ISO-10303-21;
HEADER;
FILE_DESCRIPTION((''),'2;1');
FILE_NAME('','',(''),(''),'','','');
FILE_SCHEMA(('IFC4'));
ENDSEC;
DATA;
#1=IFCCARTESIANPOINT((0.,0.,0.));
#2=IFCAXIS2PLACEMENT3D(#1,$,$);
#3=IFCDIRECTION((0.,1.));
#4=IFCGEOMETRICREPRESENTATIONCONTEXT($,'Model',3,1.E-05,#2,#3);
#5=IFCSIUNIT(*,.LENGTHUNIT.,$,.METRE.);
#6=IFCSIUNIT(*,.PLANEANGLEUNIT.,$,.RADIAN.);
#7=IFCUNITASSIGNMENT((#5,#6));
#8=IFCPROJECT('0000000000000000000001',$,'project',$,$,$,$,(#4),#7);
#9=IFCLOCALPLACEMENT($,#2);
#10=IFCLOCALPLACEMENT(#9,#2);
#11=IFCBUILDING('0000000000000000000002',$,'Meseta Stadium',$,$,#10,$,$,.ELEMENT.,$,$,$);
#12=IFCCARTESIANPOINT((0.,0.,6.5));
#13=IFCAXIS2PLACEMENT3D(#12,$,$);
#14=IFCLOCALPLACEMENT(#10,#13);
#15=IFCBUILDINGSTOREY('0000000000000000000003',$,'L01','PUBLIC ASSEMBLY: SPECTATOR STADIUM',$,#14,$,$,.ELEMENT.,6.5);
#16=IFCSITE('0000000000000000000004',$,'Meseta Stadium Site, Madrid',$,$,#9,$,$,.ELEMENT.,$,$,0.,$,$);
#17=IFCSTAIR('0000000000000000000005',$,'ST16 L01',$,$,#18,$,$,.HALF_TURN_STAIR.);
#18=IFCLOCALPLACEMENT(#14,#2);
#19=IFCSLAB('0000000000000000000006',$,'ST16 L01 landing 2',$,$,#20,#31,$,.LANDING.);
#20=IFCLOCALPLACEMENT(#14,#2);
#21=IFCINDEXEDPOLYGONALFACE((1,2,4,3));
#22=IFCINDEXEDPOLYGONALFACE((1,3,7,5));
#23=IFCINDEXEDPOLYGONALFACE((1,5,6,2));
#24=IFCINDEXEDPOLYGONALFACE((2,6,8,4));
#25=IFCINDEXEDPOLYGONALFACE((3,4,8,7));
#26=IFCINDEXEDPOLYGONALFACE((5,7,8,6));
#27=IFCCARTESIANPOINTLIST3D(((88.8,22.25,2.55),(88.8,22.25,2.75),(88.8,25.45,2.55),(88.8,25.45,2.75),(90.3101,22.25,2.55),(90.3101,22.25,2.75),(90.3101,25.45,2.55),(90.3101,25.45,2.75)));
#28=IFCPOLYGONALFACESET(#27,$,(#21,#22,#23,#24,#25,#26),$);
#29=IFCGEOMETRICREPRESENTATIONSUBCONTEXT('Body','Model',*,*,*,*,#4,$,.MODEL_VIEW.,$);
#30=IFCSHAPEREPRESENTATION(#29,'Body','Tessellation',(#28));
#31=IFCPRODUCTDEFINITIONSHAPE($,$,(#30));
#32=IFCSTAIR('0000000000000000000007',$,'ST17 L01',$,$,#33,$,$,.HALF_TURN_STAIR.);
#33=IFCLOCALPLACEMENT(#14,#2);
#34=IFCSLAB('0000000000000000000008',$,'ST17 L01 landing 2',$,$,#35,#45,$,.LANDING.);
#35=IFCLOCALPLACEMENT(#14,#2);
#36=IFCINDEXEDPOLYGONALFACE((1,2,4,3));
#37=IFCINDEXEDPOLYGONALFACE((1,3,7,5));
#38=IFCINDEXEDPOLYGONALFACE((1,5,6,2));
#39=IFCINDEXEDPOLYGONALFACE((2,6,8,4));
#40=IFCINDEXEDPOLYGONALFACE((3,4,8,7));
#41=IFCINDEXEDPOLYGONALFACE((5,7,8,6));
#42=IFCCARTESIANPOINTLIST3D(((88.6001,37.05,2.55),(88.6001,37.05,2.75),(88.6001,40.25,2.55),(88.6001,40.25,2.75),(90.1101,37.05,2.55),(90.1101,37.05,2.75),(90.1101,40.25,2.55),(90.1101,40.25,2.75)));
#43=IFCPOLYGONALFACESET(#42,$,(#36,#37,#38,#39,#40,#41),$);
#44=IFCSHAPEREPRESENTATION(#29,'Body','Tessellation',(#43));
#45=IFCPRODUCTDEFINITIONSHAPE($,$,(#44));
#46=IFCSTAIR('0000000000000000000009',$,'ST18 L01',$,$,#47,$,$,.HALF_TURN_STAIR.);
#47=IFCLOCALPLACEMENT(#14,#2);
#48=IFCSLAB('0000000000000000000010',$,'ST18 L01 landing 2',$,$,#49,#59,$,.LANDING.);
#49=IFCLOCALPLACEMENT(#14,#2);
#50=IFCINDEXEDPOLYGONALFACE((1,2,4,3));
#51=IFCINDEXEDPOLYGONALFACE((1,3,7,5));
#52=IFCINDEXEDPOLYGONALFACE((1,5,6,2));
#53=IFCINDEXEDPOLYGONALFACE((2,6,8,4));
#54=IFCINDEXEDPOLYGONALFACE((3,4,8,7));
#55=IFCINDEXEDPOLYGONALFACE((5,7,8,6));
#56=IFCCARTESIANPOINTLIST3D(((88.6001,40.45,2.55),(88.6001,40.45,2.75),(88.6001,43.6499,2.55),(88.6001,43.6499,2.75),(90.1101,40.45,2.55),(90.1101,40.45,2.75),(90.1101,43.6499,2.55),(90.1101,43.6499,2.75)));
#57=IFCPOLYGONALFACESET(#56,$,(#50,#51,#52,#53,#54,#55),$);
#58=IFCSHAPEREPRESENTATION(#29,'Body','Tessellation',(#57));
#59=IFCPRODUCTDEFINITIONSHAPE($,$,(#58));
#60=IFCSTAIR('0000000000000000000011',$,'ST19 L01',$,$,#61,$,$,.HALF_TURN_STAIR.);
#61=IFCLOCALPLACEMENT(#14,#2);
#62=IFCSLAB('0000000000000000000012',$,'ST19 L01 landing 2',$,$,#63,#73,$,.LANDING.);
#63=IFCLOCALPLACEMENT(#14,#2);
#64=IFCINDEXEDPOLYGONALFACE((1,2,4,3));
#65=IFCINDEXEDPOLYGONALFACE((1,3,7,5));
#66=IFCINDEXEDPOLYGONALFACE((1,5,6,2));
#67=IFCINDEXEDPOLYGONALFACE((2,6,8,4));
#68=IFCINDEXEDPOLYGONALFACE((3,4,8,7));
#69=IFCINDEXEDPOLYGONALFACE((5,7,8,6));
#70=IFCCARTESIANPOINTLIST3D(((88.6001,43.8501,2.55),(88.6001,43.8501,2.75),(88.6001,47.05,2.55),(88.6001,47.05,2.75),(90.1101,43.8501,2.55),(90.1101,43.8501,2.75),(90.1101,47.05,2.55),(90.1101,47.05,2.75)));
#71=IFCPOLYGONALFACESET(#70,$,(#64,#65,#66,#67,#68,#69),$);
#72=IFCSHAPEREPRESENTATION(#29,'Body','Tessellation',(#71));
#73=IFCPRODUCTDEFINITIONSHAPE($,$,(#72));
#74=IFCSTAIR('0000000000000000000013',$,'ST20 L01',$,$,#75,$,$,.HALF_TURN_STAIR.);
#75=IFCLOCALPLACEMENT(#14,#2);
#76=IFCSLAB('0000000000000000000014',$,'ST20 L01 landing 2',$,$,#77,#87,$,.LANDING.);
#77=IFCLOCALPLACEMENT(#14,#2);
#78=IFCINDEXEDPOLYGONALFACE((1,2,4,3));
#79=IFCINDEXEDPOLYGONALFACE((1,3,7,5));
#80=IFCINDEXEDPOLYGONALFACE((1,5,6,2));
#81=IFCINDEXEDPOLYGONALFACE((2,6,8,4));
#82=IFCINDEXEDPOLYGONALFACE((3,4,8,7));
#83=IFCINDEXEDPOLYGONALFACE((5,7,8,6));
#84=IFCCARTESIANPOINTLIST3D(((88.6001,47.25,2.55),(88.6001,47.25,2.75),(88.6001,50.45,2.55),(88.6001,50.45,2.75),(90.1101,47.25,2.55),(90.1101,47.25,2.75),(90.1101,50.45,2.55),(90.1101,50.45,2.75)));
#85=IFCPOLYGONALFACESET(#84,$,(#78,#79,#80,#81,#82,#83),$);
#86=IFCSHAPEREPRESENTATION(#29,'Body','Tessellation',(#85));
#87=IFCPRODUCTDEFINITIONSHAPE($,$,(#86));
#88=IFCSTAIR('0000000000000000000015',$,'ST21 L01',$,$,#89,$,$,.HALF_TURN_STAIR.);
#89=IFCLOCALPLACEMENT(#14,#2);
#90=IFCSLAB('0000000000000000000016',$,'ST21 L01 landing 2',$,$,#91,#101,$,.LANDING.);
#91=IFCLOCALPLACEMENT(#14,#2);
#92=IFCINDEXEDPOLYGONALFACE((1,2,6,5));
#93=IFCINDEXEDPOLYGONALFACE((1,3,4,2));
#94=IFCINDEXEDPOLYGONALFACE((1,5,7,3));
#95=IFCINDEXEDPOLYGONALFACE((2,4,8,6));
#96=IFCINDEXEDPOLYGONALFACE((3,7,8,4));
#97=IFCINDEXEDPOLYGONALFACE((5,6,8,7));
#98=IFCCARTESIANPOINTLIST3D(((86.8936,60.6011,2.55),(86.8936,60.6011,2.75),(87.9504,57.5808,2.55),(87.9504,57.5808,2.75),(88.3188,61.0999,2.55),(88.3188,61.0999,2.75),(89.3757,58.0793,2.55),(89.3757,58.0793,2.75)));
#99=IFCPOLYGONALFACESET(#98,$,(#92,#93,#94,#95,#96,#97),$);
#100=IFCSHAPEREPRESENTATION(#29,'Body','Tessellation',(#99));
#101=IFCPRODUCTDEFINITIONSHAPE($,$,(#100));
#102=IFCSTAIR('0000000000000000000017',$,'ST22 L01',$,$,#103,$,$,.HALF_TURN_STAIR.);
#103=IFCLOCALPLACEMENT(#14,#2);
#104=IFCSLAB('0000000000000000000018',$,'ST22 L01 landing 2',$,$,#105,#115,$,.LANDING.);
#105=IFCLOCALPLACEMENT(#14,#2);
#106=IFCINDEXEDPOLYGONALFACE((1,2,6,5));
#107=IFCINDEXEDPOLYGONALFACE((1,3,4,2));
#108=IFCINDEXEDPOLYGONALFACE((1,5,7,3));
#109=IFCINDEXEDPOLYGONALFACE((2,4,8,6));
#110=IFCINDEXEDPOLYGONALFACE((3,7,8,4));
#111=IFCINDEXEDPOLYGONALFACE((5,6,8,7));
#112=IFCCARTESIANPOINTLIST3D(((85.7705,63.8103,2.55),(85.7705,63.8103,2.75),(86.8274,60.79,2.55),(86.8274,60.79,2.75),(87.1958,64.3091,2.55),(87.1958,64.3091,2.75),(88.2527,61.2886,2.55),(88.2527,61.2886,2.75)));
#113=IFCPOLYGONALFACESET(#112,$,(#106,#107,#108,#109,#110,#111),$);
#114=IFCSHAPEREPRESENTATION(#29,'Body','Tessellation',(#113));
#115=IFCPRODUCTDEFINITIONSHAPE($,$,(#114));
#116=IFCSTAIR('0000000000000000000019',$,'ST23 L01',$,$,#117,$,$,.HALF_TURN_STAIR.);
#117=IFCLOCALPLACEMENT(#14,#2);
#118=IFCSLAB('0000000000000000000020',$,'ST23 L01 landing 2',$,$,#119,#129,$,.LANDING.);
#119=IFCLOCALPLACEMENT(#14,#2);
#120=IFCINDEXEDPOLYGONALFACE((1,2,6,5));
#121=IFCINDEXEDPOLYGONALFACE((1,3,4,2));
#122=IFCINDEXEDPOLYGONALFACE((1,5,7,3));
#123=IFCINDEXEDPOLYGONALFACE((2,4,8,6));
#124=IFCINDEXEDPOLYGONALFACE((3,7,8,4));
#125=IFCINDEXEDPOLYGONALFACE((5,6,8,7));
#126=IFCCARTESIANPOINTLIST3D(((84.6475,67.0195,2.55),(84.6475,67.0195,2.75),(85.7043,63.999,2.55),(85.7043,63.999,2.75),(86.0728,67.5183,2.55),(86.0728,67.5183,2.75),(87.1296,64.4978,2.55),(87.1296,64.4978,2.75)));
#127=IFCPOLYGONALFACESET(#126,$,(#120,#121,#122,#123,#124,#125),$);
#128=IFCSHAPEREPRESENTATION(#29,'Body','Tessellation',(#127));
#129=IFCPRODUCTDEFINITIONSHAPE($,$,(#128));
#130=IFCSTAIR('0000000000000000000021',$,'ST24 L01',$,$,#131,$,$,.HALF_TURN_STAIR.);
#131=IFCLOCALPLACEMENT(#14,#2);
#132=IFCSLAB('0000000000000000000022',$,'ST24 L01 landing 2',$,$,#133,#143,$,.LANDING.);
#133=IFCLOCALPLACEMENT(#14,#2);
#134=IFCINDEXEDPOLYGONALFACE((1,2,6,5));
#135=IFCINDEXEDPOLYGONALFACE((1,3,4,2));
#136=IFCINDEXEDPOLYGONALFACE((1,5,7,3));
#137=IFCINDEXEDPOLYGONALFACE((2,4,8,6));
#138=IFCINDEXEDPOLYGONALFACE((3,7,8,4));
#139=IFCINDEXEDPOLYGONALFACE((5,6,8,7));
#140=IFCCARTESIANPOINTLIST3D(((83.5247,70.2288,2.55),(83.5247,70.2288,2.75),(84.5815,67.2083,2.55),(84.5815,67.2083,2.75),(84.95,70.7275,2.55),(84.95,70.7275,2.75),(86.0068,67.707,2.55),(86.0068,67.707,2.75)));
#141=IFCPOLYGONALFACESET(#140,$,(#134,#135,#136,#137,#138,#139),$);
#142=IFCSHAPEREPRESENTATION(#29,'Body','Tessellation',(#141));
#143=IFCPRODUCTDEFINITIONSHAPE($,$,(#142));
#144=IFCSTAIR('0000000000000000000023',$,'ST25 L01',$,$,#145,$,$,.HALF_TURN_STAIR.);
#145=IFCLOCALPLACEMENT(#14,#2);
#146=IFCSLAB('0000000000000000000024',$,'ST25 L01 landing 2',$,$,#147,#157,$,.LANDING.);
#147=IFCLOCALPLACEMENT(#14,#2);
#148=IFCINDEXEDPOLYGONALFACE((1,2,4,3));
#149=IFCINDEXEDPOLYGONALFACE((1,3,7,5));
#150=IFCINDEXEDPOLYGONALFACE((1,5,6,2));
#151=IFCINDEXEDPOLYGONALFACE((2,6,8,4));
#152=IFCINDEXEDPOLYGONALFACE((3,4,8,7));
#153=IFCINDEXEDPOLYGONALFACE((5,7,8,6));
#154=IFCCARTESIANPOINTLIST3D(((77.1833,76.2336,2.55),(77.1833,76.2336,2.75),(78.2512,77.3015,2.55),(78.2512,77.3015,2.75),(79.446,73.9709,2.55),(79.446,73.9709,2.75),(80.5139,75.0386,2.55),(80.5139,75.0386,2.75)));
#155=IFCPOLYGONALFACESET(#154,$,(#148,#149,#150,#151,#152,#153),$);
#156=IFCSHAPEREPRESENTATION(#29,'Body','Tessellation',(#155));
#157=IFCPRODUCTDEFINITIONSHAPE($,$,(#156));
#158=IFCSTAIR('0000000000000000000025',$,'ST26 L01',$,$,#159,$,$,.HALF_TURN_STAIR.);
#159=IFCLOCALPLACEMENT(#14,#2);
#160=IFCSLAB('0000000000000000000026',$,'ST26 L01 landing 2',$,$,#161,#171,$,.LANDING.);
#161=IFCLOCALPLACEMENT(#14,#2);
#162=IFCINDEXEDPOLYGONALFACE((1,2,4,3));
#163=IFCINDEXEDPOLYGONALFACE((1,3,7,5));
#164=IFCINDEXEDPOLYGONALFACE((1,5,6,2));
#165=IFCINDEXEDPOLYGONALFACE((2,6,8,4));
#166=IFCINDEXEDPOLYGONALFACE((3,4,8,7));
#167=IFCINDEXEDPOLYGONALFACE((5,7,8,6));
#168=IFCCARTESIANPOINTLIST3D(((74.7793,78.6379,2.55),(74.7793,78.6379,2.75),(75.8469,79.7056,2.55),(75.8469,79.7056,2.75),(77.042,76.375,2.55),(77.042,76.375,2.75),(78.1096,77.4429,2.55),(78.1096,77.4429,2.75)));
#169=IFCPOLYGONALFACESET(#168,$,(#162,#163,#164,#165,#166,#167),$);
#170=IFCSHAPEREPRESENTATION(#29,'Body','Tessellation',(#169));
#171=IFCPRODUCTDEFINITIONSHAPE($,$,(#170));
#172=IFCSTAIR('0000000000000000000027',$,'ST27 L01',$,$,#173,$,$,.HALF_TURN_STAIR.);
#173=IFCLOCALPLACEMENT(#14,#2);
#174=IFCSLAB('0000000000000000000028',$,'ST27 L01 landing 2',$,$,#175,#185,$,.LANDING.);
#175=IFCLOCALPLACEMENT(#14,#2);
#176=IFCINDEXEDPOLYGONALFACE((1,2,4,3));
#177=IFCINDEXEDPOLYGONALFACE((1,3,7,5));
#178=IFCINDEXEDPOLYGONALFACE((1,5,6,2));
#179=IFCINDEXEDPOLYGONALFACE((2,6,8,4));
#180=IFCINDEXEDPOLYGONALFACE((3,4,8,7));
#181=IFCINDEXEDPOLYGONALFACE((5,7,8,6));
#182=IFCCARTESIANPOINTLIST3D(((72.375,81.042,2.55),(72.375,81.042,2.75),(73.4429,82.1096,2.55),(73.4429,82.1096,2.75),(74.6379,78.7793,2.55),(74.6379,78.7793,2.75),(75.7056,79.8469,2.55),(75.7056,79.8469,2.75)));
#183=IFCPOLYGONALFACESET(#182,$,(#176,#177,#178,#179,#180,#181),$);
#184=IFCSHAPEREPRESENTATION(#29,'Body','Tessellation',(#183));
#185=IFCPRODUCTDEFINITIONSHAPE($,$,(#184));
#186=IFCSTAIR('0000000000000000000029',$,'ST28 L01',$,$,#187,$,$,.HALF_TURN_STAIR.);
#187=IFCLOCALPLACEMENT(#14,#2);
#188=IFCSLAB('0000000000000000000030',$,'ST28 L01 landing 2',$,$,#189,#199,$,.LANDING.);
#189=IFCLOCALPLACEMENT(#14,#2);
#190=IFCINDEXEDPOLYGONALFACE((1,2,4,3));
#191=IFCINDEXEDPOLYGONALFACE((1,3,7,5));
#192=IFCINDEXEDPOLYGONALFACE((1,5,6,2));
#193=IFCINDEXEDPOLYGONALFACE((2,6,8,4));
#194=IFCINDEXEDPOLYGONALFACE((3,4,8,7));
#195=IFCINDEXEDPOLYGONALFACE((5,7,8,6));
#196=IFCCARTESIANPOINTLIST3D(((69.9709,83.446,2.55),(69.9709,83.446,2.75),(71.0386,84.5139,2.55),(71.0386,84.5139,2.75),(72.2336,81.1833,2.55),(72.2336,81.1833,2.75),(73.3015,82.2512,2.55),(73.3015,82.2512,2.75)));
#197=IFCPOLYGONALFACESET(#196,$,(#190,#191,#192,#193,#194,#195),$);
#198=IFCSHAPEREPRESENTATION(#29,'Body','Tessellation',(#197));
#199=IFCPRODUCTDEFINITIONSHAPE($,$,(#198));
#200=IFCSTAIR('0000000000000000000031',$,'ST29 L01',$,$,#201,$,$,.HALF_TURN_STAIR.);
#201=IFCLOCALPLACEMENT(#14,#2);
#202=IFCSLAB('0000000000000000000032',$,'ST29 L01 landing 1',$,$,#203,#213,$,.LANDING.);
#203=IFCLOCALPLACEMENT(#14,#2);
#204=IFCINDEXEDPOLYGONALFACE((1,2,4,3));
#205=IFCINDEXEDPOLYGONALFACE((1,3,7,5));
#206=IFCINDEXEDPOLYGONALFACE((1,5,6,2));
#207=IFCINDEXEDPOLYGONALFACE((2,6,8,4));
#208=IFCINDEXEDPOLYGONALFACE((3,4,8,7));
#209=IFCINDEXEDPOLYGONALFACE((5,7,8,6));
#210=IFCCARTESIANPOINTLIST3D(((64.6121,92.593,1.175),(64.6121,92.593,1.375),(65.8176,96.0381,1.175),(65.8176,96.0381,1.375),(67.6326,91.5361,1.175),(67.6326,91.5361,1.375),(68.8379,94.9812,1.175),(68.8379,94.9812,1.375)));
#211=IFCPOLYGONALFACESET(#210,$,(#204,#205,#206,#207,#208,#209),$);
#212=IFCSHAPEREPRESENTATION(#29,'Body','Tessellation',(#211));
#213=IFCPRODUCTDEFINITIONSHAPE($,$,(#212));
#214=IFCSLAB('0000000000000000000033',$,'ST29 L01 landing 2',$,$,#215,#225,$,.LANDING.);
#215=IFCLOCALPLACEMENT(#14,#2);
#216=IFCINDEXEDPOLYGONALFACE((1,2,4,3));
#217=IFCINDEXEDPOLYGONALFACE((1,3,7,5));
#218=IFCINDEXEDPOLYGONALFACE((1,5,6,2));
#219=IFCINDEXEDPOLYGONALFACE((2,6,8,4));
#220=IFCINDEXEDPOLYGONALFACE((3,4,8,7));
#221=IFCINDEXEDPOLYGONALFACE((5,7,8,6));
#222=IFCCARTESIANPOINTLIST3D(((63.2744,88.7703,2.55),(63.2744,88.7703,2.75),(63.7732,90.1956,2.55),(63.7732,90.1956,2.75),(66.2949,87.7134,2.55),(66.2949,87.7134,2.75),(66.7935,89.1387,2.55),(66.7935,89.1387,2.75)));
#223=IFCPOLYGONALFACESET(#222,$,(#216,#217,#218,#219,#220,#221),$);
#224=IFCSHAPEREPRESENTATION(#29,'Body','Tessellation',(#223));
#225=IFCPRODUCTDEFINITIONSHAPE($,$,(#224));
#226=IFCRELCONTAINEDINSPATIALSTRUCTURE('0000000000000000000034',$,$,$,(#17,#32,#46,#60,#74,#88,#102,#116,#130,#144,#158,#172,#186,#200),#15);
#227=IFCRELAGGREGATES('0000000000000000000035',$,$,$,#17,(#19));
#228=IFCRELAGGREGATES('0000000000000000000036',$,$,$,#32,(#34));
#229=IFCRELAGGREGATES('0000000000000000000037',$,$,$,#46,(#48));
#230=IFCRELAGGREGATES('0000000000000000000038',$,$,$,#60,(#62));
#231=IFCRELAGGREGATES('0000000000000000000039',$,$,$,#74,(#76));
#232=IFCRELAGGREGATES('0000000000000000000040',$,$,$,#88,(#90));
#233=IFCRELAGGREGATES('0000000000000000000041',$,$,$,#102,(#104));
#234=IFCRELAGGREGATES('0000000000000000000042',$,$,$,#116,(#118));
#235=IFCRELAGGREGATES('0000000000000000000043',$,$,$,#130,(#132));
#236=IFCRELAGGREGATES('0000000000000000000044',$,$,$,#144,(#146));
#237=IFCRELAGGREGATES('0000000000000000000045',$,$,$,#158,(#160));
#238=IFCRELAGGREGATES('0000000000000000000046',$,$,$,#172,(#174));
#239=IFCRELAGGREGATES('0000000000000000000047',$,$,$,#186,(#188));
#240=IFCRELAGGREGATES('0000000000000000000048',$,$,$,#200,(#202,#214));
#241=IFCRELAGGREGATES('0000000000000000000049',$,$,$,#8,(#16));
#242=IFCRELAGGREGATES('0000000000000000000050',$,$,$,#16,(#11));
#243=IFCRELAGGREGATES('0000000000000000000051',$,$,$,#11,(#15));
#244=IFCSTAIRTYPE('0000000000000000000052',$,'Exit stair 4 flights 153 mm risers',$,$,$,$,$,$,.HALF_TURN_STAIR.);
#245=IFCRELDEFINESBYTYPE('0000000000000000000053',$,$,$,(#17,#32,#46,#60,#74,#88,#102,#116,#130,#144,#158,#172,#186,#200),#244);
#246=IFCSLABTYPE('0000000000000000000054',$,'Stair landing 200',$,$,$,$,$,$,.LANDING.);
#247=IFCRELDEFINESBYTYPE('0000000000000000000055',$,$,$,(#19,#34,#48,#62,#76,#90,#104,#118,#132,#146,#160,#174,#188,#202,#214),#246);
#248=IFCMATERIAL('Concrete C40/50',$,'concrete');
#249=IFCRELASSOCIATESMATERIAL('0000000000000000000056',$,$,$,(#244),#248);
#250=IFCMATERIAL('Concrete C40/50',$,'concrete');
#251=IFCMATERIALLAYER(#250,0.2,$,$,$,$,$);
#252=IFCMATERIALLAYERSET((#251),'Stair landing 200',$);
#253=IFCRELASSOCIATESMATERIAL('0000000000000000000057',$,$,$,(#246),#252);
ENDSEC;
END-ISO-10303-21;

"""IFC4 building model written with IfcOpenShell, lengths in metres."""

from ifc_helpers import new_model, si_unit, direction, frame, origin, place, context, subcontext, project, spatial, polyline, outline, extrude, material, layer, layer_set, type_object, element, aggregate, save


model = new_model("IFC4")

# Units and contexts
model_context = context("Model", 3, precision=1e-05, world=origin(), true_north=direction((0.0, 1.0)))
body_context = subcontext(model_context, "Body", "Model", "MODEL_VIEW")
ifc_project = project(units=[si_unit("LENGTHUNIT", "METRE"), si_unit("PLANEANGLEUNIT", "RADIAN")], contexts=[model_context])

# Site, building, storey
site_placement = place(None, origin())
site = spatial("IfcSite", under=ifc_project, at=site_placement, Name="Meseta Stadium Site, Madrid", CompositionType="ELEMENT", RefElevation=0.0)
building_placement = place(site_placement, origin())
building = spatial("IfcBuilding", under=site, at=building_placement, Name="Meseta Stadium", CompositionType="ELEMENT")
storey_placement = place(building_placement, frame((0.0, 0.0, 6.5)))
storey = spatial("IfcBuildingStorey", under=building, at=storey_placement, Name="L01", Description="PUBLIC ASSEMBLY: SPECTATOR STADIUM", CompositionType="ELEMENT", Elevation=6.5)

# Stairs, slabs
ifc_material_1 = material(Name="Concrete C40/50", Category="concrete")
stair_type = type_object("IfcStairType", Name="Exit stair 4 flights 153 mm risers", PredefinedType="HALF_TURN_STAIR", material=ifc_material_1)
ifc_material_2 = material(Name="Concrete C40/50", Category="concrete")
ifc_layer = layer(ifc_material_2, 0.2)
ifc_layer_set = layer_set([ifc_layer], Name="Stair landing 200")
slab_type = type_object("IfcSlabType", Name="Stair landing 200", PredefinedType="LANDING", material=ifc_layer_set)
stair_1_placement = place(storey_placement, origin())
stair_1 = element("IfcStair", 1, at=stair_1_placement, inside=storey, type_object=stair_type, Name="ST16 L01", PredefinedType="HALF_TURN_STAIR")
slab_1_placement = place(storey_placement, frame((0.0, 0.0, 2.55)))
slab_1 = element("IfcSlab", 2, at=slab_1_placement, type_object=slab_type, Name="ST16 L01 landing 2", PredefinedType="LANDING", context=body_context, shape_type="SweptSolid", body=[
    extrude(outline(polyline([(88.8, 22.25), (90.3101, 22.25), (90.3101, 25.45), (88.8, 25.45), (88.8, 22.25)])), origin(), (0.0, 0.0, 1.0), 0.2),
])
aggregate(stair_1, [slab_1])
stair_2_placement = place(storey_placement, origin())
stair_2 = element("IfcStair", 3, at=stair_2_placement, inside=storey, type_object=stair_type, Name="ST17 L01", PredefinedType="HALF_TURN_STAIR")
slab_2_placement = place(storey_placement, frame((0.0, 0.0, 2.55)))
slab_2 = element("IfcSlab", 4, at=slab_2_placement, type_object=slab_type, Name="ST17 L01 landing 2", PredefinedType="LANDING", context=body_context, shape_type="SweptSolid", body=[
    extrude(outline(polyline([(88.6001, 37.05), (90.1101, 37.05), (90.1101, 40.25), (88.6001, 40.25), (88.6001, 37.05)])), origin(), (0.0, 0.0, 1.0), 0.2),
])
aggregate(stair_2, [slab_2])
stair_3_placement = place(storey_placement, origin())
stair_3 = element("IfcStair", 5, at=stair_3_placement, inside=storey, type_object=stair_type, Name="ST18 L01", PredefinedType="HALF_TURN_STAIR")
slab_3_placement = place(storey_placement, frame((0.0, 0.0, 2.55)))
slab_3 = element("IfcSlab", 6, at=slab_3_placement, type_object=slab_type, Name="ST18 L01 landing 2", PredefinedType="LANDING", context=body_context, shape_type="SweptSolid", body=[
    extrude(outline(polyline([(88.6001, 40.45), (90.1101, 40.45), (90.1101, 43.6499), (88.6001, 43.6499), (88.6001, 40.45)])), origin(), (0.0, 0.0, 1.0), 0.2),
])
aggregate(stair_3, [slab_3])
stair_4_placement = place(storey_placement, origin())
stair_4 = element("IfcStair", 7, at=stair_4_placement, inside=storey, type_object=stair_type, Name="ST19 L01", PredefinedType="HALF_TURN_STAIR")
slab_4_placement = place(storey_placement, frame((0.0, 0.0, 2.55)))
slab_4 = element("IfcSlab", 8, at=slab_4_placement, type_object=slab_type, Name="ST19 L01 landing 2", PredefinedType="LANDING", context=body_context, shape_type="SweptSolid", body=[
    extrude(outline(polyline([(88.6001, 43.8501), (90.1101, 43.8501), (90.1101, 47.05), (88.6001, 47.05), (88.6001, 43.8501)])), origin(), (0.0, 0.0, 1.0), 0.2),
])
aggregate(stair_4, [slab_4])
stair_5_placement = place(storey_placement, origin())
stair_5 = element("IfcStair", 9, at=stair_5_placement, inside=storey, type_object=stair_type, Name="ST20 L01", PredefinedType="HALF_TURN_STAIR")
slab_5_placement = place(storey_placement, frame((0.0, 0.0, 2.55)))
slab_5 = element("IfcSlab", 10, at=slab_5_placement, type_object=slab_type, Name="ST20 L01 landing 2", PredefinedType="LANDING", context=body_context, shape_type="SweptSolid", body=[
    extrude(outline(polyline([(88.6001, 47.25), (90.1101, 47.25), (90.1101, 50.45), (88.6001, 50.45), (88.6001, 47.25)])), origin(), (0.0, 0.0, 1.0), 0.2),
])
aggregate(stair_5, [slab_5])
stair_6_placement = place(storey_placement, origin())
stair_6 = element("IfcStair", 11, at=stair_6_placement, inside=storey, type_object=stair_type, Name="ST21 L01", PredefinedType="HALF_TURN_STAIR")
slab_6_placement = place(storey_placement, frame((0.0, 0.0, 2.55)))
slab_6 = element("IfcSlab", 12, at=slab_6_placement, type_object=slab_type, Name="ST21 L01 landing 2", PredefinedType="LANDING", context=body_context, shape_type="SweptSolid", body=[
    extrude(outline(polyline([(87.9504, 57.5808), (89.3757, 58.0793), (88.3188, 61.0999), (86.8936, 60.6011), (87.9504, 57.5808)])), origin(), (0.0, 0.0, 1.0), 0.2),
])
aggregate(stair_6, [slab_6])
stair_7_placement = place(storey_placement, origin())
stair_7 = element("IfcStair", 13, at=stair_7_placement, inside=storey, type_object=stair_type, Name="ST22 L01", PredefinedType="HALF_TURN_STAIR")
slab_7_placement = place(storey_placement, frame((0.0, 0.0, 2.55)))
slab_7 = element("IfcSlab", 14, at=slab_7_placement, type_object=slab_type, Name="ST22 L01 landing 2", PredefinedType="LANDING", context=body_context, shape_type="SweptSolid", body=[
    extrude(outline(polyline([(86.8274, 60.79), (88.2527, 61.2886), (87.1958, 64.3091), (85.7705, 63.8103), (86.8274, 60.79)])), origin(), (0.0, 0.0, 1.0), 0.2),
])
aggregate(stair_7, [slab_7])
stair_8_placement = place(storey_placement, origin())
stair_8 = element("IfcStair", 15, at=stair_8_placement, inside=storey, type_object=stair_type, Name="ST23 L01", PredefinedType="HALF_TURN_STAIR")
slab_8_placement = place(storey_placement, frame((0.0, 0.0, 2.55)))
slab_8 = element("IfcSlab", 16, at=slab_8_placement, type_object=slab_type, Name="ST23 L01 landing 2", PredefinedType="LANDING", context=body_context, shape_type="SweptSolid", body=[
    extrude(outline(polyline([(85.7043, 63.999), (87.1296, 64.4978), (86.0728, 67.5183), (84.6475, 67.0195), (85.7043, 63.999)])), origin(), (0.0, 0.0, 1.0), 0.2),
])
aggregate(stair_8, [slab_8])
stair_9_placement = place(storey_placement, origin())
stair_9 = element("IfcStair", 17, at=stair_9_placement, inside=storey, type_object=stair_type, Name="ST24 L01", PredefinedType="HALF_TURN_STAIR")
slab_9_placement = place(storey_placement, frame((0.0, 0.0, 2.55)))
slab_9 = element("IfcSlab", 18, at=slab_9_placement, type_object=slab_type, Name="ST24 L01 landing 2", PredefinedType="LANDING", context=body_context, shape_type="SweptSolid", body=[
    extrude(outline(polyline([(84.5815, 67.2083), (86.0068, 67.707), (84.95, 70.7275), (83.5247, 70.2288), (84.5815, 67.2083)])), origin(), (0.0, 0.0, 1.0), 0.2),
])
aggregate(stair_9, [slab_9])
stair_10_placement = place(storey_placement, origin())
stair_10 = element("IfcStair", 19, at=stair_10_placement, inside=storey, type_object=stair_type, Name="ST25 L01", PredefinedType="HALF_TURN_STAIR")
slab_10_placement = place(storey_placement, frame((0.0, 0.0, 2.55)))
slab_10 = element("IfcSlab", 20, at=slab_10_placement, type_object=slab_type, Name="ST25 L01 landing 2", PredefinedType="LANDING", context=body_context, shape_type="SweptSolid", body=[
    extrude(outline(polyline([(79.446, 73.9709), (80.5139, 75.0386), (78.2512, 77.3015), (77.1833, 76.2336), (79.446, 73.9709)])), origin(), (0.0, 0.0, 1.0), 0.2),
])
aggregate(stair_10, [slab_10])
stair_11_placement = place(storey_placement, origin())
stair_11 = element("IfcStair", 21, at=stair_11_placement, inside=storey, type_object=stair_type, Name="ST26 L01", PredefinedType="HALF_TURN_STAIR")
slab_11_placement = place(storey_placement, frame((0.0, 0.0, 2.55)))
slab_11 = element("IfcSlab", 22, at=slab_11_placement, type_object=slab_type, Name="ST26 L01 landing 2", PredefinedType="LANDING", context=body_context, shape_type="SweptSolid", body=[
    extrude(outline(polyline([(77.042, 76.375), (78.1096, 77.4429), (75.8469, 79.7056), (74.7793, 78.6379), (77.042, 76.375)])), origin(), (0.0, 0.0, 1.0), 0.2),
])
aggregate(stair_11, [slab_11])
stair_12_placement = place(storey_placement, origin())
stair_12 = element("IfcStair", 23, at=stair_12_placement, inside=storey, type_object=stair_type, Name="ST27 L01", PredefinedType="HALF_TURN_STAIR")
slab_12_placement = place(storey_placement, frame((0.0, 0.0, 2.55)))
slab_12 = element("IfcSlab", 24, at=slab_12_placement, type_object=slab_type, Name="ST27 L01 landing 2", PredefinedType="LANDING", context=body_context, shape_type="SweptSolid", body=[
    extrude(outline(polyline([(74.6379, 78.7793), (75.7056, 79.8469), (73.4429, 82.1096), (72.375, 81.042), (74.6379, 78.7793)])), origin(), (0.0, 0.0, 1.0), 0.2),
])
aggregate(stair_12, [slab_12])
stair_13_placement = place(storey_placement, origin())
stair_13 = element("IfcStair", 25, at=stair_13_placement, inside=storey, type_object=stair_type, Name="ST28 L01", PredefinedType="HALF_TURN_STAIR")
slab_13_placement = place(storey_placement, frame((0.0, 0.0, 2.55)))
slab_13 = element("IfcSlab", 26, at=slab_13_placement, type_object=slab_type, Name="ST28 L01 landing 2", PredefinedType="LANDING", context=body_context, shape_type="SweptSolid", body=[
    extrude(outline(polyline([(72.2336, 81.1833), (73.3015, 82.2512), (71.0386, 84.5139), (69.9709, 83.446), (72.2336, 81.1833)])), origin(), (0.0, 0.0, 1.0), 0.2),
])
aggregate(stair_13, [slab_13])

# Stair, slabs
stair_14_placement = place(storey_placement, origin())
stair_14 = element("IfcStair", 27, at=stair_14_placement, inside=storey, type_object=stair_type, Name="ST29 L01", PredefinedType="HALF_TURN_STAIR")
slab_14_placement = place(storey_placement, frame((0.0, 0.0, 1.175)))
slab_14 = element("IfcSlab", 28, at=slab_14_placement, type_object=slab_type, Name="ST29 L01 landing 1", PredefinedType="LANDING", context=body_context, shape_type="SweptSolid", body=[
    extrude(outline(polyline([(67.6326, 91.5361), (68.8379, 94.9812), (65.8176, 96.0381), (64.6121, 92.593), (67.6326, 91.5361)])), origin(), (0.0, 0.0, 1.0), 0.2),
])
slab_15_placement = place(storey_placement, frame((0.0, 0.0, 2.55)))
slab_15 = element("IfcSlab", 29, at=slab_15_placement, type_object=slab_type, Name="ST29 L01 landing 2", PredefinedType="LANDING", context=body_context, shape_type="SweptSolid", body=[
    extrude(outline(polyline([(66.2949, 87.7134), (66.7935, 89.1387), (63.7732, 90.1956), (63.2744, 88.7703), (66.2949, 87.7134)])), origin(), (0.0, 0.0, 1.0), 0.2),
])
aggregate(stair_14, [slab_14, slab_15])

save(model, "model.ifc")
